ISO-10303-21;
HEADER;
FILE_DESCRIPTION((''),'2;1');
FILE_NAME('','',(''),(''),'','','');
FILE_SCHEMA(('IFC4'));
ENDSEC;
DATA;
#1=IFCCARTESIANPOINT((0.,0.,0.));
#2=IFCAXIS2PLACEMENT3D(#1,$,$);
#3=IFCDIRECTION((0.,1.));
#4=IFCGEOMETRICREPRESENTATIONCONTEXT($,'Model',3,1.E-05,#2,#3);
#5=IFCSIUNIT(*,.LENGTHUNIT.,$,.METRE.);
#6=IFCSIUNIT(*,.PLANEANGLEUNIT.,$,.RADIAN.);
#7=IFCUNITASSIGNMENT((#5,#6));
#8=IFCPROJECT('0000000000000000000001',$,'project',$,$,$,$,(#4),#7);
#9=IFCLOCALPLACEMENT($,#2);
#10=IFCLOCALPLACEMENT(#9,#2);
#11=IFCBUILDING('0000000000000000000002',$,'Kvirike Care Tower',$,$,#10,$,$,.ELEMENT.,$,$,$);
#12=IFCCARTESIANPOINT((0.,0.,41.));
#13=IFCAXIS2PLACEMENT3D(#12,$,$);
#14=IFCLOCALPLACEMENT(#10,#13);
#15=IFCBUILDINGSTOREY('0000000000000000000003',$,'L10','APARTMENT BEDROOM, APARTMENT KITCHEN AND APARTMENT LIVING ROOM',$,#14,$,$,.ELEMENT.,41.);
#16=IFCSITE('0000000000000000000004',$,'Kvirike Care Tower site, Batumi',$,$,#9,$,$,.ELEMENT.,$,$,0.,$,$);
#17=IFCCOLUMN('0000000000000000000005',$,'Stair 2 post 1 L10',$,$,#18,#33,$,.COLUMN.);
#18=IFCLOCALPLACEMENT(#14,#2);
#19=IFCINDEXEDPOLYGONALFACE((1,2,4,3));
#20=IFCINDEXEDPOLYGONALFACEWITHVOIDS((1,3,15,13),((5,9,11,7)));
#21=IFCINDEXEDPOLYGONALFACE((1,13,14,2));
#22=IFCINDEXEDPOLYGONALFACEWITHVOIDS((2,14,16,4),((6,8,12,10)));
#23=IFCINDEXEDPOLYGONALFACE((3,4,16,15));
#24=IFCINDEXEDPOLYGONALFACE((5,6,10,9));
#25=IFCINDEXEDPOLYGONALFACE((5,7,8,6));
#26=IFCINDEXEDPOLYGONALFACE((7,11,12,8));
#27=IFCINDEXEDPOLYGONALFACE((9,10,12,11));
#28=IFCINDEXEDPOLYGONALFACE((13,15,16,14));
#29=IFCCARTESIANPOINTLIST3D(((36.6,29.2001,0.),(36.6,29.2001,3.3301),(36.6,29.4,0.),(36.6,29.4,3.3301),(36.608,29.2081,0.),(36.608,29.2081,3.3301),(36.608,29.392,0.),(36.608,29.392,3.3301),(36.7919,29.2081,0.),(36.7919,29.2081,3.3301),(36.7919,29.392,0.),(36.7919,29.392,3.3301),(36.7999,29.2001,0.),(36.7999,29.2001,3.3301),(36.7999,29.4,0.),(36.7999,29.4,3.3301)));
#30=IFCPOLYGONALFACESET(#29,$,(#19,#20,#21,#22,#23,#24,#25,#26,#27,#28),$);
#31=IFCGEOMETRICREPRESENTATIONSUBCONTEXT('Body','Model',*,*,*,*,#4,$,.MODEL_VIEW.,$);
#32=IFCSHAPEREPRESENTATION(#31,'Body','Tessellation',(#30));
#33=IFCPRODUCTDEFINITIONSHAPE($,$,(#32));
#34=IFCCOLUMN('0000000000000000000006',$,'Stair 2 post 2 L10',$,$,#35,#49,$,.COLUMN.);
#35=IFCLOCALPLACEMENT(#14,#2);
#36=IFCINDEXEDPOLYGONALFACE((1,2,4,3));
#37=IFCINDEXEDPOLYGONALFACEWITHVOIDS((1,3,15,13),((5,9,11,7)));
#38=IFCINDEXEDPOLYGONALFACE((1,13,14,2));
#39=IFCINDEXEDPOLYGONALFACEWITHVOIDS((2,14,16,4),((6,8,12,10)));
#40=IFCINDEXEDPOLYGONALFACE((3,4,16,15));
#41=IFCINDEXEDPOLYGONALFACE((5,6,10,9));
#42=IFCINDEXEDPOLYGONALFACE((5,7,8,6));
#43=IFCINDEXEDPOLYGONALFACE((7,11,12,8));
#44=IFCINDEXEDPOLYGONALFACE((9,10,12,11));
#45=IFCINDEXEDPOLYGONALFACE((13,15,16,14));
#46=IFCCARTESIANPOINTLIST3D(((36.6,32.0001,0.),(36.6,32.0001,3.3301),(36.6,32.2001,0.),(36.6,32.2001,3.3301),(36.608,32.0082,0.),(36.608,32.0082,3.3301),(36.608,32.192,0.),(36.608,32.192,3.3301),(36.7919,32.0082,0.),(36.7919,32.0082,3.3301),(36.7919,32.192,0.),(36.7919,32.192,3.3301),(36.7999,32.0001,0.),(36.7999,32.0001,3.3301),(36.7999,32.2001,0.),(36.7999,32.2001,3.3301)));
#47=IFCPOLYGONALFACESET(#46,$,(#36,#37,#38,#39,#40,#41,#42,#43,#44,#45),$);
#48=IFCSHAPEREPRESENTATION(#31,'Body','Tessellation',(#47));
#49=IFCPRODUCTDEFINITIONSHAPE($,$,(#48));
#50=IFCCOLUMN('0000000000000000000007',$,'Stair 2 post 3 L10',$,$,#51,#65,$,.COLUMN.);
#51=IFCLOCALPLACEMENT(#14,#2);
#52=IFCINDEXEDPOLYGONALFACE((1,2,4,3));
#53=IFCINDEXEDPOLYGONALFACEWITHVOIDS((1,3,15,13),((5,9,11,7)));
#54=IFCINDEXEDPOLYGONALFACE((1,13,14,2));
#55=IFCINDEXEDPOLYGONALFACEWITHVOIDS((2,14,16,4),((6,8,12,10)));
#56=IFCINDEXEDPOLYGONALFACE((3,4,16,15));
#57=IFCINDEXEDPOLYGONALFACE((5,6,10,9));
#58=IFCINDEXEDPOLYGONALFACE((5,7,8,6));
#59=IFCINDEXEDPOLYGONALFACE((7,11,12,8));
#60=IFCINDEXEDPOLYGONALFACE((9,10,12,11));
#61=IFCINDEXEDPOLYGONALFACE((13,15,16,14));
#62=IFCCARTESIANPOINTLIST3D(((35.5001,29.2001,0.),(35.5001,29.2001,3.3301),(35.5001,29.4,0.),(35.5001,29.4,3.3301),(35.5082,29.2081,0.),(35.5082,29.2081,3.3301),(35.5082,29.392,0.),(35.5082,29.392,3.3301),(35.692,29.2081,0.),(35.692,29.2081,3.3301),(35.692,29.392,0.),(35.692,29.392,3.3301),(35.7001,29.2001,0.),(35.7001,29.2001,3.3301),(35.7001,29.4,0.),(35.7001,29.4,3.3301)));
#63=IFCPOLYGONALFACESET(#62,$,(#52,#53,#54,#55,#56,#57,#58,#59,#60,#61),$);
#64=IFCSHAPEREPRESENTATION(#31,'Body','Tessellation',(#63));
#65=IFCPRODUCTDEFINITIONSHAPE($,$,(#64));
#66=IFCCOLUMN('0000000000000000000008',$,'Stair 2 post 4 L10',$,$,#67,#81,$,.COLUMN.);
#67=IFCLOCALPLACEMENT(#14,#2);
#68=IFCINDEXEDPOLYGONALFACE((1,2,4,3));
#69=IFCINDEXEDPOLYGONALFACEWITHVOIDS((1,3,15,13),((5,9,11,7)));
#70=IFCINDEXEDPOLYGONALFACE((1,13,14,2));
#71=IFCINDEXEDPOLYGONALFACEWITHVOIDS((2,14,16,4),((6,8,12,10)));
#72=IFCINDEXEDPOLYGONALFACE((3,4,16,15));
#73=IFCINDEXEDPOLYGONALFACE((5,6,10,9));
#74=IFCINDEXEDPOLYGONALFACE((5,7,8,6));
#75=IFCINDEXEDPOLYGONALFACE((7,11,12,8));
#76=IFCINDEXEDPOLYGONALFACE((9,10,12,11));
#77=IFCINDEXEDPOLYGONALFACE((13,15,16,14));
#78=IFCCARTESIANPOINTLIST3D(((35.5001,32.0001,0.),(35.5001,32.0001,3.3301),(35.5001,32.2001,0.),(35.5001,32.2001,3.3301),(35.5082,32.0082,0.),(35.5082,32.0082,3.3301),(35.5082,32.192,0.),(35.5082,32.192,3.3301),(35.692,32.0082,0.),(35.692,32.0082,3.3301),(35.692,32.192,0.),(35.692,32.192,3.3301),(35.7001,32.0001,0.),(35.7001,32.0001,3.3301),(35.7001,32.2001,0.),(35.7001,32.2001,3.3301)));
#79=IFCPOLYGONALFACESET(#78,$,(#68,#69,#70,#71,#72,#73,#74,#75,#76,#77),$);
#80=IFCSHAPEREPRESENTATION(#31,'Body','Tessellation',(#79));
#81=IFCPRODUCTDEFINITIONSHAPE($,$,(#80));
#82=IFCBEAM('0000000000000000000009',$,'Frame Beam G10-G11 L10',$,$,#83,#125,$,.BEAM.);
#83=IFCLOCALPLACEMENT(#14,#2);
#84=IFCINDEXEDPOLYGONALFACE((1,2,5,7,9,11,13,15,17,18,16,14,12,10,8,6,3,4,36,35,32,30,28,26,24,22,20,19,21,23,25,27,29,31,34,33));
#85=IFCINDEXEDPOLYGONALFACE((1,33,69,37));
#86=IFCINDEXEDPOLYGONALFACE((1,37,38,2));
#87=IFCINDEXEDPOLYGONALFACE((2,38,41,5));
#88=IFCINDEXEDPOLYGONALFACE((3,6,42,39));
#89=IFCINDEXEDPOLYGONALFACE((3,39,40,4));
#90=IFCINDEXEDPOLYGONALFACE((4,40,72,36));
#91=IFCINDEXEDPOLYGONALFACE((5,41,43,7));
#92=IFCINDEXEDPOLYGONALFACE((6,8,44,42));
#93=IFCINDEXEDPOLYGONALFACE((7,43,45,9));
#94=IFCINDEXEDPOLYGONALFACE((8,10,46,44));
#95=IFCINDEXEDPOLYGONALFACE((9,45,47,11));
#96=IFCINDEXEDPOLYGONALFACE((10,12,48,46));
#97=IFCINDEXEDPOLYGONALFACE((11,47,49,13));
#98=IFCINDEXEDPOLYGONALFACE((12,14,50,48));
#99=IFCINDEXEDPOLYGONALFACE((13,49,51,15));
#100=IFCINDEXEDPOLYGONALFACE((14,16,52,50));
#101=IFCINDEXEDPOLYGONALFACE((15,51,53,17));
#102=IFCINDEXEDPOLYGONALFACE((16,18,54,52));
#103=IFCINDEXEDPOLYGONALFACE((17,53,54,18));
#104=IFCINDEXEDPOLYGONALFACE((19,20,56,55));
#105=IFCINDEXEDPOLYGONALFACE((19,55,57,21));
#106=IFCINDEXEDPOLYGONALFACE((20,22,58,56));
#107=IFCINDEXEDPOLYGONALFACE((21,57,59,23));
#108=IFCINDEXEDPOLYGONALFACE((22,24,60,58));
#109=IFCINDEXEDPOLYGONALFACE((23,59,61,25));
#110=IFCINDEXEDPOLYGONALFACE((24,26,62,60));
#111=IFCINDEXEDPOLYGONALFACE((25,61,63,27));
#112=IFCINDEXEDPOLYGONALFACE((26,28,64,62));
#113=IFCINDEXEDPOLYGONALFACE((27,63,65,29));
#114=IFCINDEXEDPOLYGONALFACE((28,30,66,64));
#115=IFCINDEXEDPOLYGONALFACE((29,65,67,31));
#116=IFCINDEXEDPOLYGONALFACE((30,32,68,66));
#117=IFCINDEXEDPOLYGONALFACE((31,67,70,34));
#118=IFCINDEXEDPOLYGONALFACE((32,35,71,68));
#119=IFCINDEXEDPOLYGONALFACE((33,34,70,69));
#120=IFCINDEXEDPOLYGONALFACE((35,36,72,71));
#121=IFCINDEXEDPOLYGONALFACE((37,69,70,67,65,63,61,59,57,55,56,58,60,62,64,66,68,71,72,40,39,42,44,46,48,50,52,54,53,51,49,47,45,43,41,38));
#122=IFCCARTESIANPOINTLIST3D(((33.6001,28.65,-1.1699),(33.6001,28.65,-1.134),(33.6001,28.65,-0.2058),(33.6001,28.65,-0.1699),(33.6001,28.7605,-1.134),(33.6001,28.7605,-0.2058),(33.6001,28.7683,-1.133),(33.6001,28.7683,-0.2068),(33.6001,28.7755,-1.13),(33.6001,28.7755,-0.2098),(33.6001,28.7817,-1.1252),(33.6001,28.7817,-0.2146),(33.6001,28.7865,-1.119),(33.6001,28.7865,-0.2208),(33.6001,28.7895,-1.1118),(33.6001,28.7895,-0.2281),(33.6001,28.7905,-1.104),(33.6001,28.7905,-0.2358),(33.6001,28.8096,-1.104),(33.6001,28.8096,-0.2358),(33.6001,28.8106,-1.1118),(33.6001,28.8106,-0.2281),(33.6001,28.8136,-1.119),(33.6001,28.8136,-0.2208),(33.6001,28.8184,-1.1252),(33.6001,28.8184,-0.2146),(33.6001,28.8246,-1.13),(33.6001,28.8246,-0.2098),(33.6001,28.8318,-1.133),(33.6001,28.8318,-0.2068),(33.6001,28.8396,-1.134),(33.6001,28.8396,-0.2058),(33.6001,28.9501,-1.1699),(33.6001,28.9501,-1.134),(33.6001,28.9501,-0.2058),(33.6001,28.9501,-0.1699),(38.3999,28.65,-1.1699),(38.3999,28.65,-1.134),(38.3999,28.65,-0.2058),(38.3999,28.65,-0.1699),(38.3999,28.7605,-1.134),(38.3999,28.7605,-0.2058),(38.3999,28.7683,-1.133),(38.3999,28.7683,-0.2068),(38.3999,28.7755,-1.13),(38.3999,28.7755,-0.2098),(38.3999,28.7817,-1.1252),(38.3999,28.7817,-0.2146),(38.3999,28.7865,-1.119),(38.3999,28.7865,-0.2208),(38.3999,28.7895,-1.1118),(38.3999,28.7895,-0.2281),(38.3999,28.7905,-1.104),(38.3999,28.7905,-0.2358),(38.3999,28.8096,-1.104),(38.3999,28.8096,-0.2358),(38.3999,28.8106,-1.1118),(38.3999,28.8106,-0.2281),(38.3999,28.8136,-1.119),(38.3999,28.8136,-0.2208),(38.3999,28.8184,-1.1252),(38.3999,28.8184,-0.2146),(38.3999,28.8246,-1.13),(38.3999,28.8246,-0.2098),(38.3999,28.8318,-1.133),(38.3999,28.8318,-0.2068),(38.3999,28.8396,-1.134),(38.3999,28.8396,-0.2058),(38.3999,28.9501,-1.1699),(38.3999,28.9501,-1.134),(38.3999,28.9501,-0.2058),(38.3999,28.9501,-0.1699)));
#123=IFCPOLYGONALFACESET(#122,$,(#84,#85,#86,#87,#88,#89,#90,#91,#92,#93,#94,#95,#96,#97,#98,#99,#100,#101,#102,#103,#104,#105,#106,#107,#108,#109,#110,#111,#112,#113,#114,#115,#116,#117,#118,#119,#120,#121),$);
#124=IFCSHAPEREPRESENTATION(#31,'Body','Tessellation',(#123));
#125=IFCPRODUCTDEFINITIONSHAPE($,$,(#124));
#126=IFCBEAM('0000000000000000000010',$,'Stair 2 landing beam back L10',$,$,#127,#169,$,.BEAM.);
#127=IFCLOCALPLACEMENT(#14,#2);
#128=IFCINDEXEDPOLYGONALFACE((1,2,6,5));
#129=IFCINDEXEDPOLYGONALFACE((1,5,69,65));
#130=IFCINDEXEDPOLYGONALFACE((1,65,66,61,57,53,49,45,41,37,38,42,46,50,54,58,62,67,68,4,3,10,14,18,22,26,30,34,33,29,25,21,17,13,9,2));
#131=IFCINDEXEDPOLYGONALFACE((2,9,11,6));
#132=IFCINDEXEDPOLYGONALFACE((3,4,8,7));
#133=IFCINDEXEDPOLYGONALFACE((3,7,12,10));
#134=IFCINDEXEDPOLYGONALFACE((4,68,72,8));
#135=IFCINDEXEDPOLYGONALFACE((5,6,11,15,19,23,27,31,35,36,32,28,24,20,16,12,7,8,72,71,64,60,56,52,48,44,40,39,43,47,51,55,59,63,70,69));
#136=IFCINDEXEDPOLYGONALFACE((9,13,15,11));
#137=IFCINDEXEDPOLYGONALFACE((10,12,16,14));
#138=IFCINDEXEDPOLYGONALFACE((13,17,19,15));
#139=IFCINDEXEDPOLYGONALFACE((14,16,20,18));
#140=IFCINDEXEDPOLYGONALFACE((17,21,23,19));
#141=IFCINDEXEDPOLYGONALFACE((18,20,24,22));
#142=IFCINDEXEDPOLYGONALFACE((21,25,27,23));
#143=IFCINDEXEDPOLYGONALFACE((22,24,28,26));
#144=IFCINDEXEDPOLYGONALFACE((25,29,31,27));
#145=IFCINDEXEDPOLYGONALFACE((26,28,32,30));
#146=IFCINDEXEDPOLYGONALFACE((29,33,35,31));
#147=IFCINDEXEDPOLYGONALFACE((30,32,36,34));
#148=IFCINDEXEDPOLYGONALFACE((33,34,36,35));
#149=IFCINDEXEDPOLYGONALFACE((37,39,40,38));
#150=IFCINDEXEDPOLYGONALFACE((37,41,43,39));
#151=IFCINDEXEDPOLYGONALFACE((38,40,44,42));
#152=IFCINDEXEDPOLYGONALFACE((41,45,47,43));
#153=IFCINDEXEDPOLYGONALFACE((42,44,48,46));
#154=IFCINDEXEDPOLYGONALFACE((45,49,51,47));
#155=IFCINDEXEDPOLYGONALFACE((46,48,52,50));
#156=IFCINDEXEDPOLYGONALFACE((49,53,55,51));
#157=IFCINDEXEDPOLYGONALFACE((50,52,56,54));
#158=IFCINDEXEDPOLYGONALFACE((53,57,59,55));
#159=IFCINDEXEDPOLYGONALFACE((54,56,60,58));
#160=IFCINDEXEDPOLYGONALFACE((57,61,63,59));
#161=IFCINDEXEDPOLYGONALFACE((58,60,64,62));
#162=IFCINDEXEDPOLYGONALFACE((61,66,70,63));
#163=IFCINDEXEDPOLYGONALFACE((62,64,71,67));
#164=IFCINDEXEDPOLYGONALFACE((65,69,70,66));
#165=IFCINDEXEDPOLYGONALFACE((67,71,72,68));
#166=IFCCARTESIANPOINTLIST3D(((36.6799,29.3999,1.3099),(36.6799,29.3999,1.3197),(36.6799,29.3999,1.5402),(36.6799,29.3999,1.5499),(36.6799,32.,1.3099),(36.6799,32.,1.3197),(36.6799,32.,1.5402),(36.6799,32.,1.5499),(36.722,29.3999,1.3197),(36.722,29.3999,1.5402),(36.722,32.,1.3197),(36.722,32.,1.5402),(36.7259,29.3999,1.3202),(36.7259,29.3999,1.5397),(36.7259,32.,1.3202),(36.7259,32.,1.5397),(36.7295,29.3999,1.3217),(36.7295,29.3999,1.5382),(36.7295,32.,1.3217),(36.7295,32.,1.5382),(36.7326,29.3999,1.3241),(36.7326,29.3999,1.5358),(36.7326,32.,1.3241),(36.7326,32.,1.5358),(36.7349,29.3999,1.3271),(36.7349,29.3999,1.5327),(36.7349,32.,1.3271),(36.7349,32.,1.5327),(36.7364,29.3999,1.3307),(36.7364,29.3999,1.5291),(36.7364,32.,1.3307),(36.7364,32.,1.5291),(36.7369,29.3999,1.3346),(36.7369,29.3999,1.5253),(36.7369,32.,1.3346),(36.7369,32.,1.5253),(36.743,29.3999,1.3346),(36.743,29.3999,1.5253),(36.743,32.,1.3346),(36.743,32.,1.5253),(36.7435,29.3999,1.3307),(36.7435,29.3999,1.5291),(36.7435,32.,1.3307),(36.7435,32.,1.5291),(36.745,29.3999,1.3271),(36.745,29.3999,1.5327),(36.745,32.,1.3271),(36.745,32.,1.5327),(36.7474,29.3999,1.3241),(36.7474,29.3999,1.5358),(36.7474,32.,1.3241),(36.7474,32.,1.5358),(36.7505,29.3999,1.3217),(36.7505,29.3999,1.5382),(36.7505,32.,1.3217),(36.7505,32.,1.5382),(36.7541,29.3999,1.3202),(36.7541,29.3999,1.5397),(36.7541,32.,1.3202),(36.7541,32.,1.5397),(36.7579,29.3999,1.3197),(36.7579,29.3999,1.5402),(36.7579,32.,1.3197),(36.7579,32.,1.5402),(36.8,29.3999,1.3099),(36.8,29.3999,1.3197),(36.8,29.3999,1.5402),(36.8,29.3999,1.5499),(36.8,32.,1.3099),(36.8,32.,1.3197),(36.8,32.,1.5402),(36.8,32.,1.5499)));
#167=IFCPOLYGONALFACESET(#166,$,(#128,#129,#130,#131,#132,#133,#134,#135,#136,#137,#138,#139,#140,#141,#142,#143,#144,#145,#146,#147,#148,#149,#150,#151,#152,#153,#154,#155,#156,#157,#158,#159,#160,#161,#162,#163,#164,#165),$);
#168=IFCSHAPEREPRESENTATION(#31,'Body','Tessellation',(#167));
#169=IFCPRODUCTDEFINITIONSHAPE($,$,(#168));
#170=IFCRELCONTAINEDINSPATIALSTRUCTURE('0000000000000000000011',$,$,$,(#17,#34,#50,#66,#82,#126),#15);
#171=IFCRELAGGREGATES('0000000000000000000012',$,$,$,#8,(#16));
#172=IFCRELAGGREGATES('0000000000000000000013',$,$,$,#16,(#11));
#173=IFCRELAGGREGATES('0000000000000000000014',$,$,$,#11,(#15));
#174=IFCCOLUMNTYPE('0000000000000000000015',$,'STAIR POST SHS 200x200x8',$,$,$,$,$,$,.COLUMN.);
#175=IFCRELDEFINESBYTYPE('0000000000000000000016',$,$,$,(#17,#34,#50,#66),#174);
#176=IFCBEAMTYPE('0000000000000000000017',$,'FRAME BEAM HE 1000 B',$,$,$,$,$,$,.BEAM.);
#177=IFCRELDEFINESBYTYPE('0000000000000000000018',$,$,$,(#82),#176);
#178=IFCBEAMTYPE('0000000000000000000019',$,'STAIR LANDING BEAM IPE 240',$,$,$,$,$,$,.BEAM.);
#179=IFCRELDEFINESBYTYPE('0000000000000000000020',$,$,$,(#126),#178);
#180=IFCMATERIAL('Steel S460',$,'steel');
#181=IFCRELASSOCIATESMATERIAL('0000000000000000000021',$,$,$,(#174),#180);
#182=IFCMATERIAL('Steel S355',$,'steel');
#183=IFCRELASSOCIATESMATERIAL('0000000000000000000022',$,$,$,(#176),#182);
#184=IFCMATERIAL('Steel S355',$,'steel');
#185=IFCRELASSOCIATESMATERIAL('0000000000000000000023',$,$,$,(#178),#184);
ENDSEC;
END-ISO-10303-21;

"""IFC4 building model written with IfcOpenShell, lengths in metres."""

from ifc_helpers import new_model, si_unit, direction, frame, origin, origin_2d, place, context, subcontext, project, spatial, hollow_rectangle, i_section, extrude, material, material_profile, profile_set, type_object, element, save


model = new_model("IFC4")

# Units and contexts
model_context = context("Model", 3, precision=1e-05, world=origin(), true_north=direction((0.0, 1.0)))
body_context = subcontext(model_context, "Body", "Model", "MODEL_VIEW")
ifc_project = project(units=[si_unit("LENGTHUNIT", "METRE"), si_unit("PLANEANGLEUNIT", "RADIAN")], contexts=[model_context])

# Site, building, storey
site_placement = place(None, origin())
site = spatial("IfcSite", under=ifc_project, at=site_placement, Name="Kvirike Care Tower site, Batumi", CompositionType="ELEMENT", RefElevation=0.0)
building_placement = place(site_placement, origin())
building = spatial("IfcBuilding", under=site, at=building_placement, Name="Kvirike Care Tower", CompositionType="ELEMENT")
storey_placement = place(building_placement, frame((0.0, 0.0, 41.0)))
storey = spatial("IfcBuildingStorey", under=building, at=storey_placement, Name="L10", Description="APARTMENT BEDROOM, APARTMENT KITCHEN AND APARTMENT LIVING ROOM", CompositionType="ELEMENT", Elevation=41.0)

# Columns
ifc_material_1 = material(Name="Steel S460", Category="steel")
ifc_material_profile_1 = material_profile(ifc_material_1, hollow_rectangle(XDim=0.2, YDim=0.2, WallThickness=0.0081, at=origin_2d()), Name="SHS 200x200x8")
ifc_profile_set_1 = profile_set([ifc_material_profile_1], Name="Steel S460")
column_type = type_object("IfcColumnType", Name="STAIR POST SHS 200x200x8", PredefinedType="COLUMN", material=ifc_profile_set_1)
for number, where, z_axis, x_axis, name in (
    (1, (36.7, 29.3, 0.0), (0.0, 0.0, 1.0), (1.0, 0.0, 0.0), "Stair 2 post 1 L10"),
    (2, (36.7, 32.1001, 0.0), (0.0, 0.0, 1.0), (1.0, 0.0, 0.0), "Stair 2 post 2 L10"),
    (3, (35.6001, 29.3, 0.0), (0.0, 0.0, 1.0), (1.0, 0.0, 0.0), "Stair 2 post 3 L10"),
    (4, (35.6001, 32.1001, 0.0), (0.0, 0.0, 1.0), (1.0, 0.0, 0.0), "Stair 2 post 4 L10"),
):
    element("IfcColumn", number, at=place(storey_placement, frame(where, z_axis=z_axis, x_axis=x_axis)), inside=storey, type_object=column_type, Name=name, PredefinedType="COLUMN", context=body_context, shape_type="SweptSolid", body=[
        extrude(hollow_rectangle(XDim=0.2, YDim=0.2, WallThickness=0.0081, at=origin_2d()), origin(), (0.0, 0.0, 1.0), 3.3301),
    ])

# Beams
ifc_material_2 = material(Name="Steel S355", Category="steel")
ifc_material_profile_2 = material_profile(ifc_material_2, i_section(OverallWidth=0.3, OverallDepth=1.0, WebThickness=0.019, FlangeThickness=0.0359, FilletRadius=0.03, at=origin_2d()), Name="HE 1000 B")
ifc_profile_set_2 = profile_set([ifc_material_profile_2], Name="Steel S355")
beam_type_1 = type_object("IfcBeamType", Name="FRAME BEAM HE 1000 B", PredefinedType="BEAM", material=ifc_profile_set_2)
beam_placement = place(storey_placement, frame((33.6001, 28.8, -0.6699), z_axis=(1.0, 0.0, 0.0), x_axis=(0.0, 1.0, 0.0)))
element("IfcBeam", 5, at=beam_placement, inside=storey, type_object=beam_type_1, Name="Frame Beam G10-G11 L10", PredefinedType="BEAM", context=body_context, shape_type="SweptSolid", body=[
    extrude(i_section(OverallWidth=0.3, OverallDepth=1.0, WebThickness=0.019, FlangeThickness=0.0359, FilletRadius=0.03, at=origin_2d()), origin(), (0.0, 0.0, 1.0), 4.7998),
])
ifc_material_3 = material(Name="Steel S355", Category="steel")
ifc_material_profile_3 = material_profile(ifc_material_3, i_section(OverallWidth=0.1201, OverallDepth=0.24, WebThickness=0.0061, FlangeThickness=0.0098, FilletRadius=0.0149, at=origin_2d()), Name="IPE 240")
ifc_profile_set_3 = profile_set([ifc_material_profile_3], Name="Steel S355")
beam_type_2 = type_object("IfcBeamType", Name="STAIR LANDING BEAM IPE 240", PredefinedType="BEAM", material=ifc_profile_set_3)
for number, where, z_axis, x_axis, name in (
    (6, (36.74, 29.3999, 1.4299), (0.0, 1.0, 0.0), (-1.0, 0.0, 0.0), "Stair 2 landing beam back L10"),
):
    element("IfcBeam", number, at=place(storey_placement, frame(where, z_axis=z_axis, x_axis=x_axis)), inside=storey, type_object=beam_type_2, Name=name, PredefinedType="BEAM", context=body_context, shape_type="SweptSolid", body=[
        extrude(i_section(OverallWidth=0.1201, OverallDepth=0.24, WebThickness=0.0061, FlangeThickness=0.0098, FilletRadius=0.0149, at=origin_2d()), origin(), (0.0, 0.0, 1.0), 2.6001),
    ])

save(model, "model.ifc")
